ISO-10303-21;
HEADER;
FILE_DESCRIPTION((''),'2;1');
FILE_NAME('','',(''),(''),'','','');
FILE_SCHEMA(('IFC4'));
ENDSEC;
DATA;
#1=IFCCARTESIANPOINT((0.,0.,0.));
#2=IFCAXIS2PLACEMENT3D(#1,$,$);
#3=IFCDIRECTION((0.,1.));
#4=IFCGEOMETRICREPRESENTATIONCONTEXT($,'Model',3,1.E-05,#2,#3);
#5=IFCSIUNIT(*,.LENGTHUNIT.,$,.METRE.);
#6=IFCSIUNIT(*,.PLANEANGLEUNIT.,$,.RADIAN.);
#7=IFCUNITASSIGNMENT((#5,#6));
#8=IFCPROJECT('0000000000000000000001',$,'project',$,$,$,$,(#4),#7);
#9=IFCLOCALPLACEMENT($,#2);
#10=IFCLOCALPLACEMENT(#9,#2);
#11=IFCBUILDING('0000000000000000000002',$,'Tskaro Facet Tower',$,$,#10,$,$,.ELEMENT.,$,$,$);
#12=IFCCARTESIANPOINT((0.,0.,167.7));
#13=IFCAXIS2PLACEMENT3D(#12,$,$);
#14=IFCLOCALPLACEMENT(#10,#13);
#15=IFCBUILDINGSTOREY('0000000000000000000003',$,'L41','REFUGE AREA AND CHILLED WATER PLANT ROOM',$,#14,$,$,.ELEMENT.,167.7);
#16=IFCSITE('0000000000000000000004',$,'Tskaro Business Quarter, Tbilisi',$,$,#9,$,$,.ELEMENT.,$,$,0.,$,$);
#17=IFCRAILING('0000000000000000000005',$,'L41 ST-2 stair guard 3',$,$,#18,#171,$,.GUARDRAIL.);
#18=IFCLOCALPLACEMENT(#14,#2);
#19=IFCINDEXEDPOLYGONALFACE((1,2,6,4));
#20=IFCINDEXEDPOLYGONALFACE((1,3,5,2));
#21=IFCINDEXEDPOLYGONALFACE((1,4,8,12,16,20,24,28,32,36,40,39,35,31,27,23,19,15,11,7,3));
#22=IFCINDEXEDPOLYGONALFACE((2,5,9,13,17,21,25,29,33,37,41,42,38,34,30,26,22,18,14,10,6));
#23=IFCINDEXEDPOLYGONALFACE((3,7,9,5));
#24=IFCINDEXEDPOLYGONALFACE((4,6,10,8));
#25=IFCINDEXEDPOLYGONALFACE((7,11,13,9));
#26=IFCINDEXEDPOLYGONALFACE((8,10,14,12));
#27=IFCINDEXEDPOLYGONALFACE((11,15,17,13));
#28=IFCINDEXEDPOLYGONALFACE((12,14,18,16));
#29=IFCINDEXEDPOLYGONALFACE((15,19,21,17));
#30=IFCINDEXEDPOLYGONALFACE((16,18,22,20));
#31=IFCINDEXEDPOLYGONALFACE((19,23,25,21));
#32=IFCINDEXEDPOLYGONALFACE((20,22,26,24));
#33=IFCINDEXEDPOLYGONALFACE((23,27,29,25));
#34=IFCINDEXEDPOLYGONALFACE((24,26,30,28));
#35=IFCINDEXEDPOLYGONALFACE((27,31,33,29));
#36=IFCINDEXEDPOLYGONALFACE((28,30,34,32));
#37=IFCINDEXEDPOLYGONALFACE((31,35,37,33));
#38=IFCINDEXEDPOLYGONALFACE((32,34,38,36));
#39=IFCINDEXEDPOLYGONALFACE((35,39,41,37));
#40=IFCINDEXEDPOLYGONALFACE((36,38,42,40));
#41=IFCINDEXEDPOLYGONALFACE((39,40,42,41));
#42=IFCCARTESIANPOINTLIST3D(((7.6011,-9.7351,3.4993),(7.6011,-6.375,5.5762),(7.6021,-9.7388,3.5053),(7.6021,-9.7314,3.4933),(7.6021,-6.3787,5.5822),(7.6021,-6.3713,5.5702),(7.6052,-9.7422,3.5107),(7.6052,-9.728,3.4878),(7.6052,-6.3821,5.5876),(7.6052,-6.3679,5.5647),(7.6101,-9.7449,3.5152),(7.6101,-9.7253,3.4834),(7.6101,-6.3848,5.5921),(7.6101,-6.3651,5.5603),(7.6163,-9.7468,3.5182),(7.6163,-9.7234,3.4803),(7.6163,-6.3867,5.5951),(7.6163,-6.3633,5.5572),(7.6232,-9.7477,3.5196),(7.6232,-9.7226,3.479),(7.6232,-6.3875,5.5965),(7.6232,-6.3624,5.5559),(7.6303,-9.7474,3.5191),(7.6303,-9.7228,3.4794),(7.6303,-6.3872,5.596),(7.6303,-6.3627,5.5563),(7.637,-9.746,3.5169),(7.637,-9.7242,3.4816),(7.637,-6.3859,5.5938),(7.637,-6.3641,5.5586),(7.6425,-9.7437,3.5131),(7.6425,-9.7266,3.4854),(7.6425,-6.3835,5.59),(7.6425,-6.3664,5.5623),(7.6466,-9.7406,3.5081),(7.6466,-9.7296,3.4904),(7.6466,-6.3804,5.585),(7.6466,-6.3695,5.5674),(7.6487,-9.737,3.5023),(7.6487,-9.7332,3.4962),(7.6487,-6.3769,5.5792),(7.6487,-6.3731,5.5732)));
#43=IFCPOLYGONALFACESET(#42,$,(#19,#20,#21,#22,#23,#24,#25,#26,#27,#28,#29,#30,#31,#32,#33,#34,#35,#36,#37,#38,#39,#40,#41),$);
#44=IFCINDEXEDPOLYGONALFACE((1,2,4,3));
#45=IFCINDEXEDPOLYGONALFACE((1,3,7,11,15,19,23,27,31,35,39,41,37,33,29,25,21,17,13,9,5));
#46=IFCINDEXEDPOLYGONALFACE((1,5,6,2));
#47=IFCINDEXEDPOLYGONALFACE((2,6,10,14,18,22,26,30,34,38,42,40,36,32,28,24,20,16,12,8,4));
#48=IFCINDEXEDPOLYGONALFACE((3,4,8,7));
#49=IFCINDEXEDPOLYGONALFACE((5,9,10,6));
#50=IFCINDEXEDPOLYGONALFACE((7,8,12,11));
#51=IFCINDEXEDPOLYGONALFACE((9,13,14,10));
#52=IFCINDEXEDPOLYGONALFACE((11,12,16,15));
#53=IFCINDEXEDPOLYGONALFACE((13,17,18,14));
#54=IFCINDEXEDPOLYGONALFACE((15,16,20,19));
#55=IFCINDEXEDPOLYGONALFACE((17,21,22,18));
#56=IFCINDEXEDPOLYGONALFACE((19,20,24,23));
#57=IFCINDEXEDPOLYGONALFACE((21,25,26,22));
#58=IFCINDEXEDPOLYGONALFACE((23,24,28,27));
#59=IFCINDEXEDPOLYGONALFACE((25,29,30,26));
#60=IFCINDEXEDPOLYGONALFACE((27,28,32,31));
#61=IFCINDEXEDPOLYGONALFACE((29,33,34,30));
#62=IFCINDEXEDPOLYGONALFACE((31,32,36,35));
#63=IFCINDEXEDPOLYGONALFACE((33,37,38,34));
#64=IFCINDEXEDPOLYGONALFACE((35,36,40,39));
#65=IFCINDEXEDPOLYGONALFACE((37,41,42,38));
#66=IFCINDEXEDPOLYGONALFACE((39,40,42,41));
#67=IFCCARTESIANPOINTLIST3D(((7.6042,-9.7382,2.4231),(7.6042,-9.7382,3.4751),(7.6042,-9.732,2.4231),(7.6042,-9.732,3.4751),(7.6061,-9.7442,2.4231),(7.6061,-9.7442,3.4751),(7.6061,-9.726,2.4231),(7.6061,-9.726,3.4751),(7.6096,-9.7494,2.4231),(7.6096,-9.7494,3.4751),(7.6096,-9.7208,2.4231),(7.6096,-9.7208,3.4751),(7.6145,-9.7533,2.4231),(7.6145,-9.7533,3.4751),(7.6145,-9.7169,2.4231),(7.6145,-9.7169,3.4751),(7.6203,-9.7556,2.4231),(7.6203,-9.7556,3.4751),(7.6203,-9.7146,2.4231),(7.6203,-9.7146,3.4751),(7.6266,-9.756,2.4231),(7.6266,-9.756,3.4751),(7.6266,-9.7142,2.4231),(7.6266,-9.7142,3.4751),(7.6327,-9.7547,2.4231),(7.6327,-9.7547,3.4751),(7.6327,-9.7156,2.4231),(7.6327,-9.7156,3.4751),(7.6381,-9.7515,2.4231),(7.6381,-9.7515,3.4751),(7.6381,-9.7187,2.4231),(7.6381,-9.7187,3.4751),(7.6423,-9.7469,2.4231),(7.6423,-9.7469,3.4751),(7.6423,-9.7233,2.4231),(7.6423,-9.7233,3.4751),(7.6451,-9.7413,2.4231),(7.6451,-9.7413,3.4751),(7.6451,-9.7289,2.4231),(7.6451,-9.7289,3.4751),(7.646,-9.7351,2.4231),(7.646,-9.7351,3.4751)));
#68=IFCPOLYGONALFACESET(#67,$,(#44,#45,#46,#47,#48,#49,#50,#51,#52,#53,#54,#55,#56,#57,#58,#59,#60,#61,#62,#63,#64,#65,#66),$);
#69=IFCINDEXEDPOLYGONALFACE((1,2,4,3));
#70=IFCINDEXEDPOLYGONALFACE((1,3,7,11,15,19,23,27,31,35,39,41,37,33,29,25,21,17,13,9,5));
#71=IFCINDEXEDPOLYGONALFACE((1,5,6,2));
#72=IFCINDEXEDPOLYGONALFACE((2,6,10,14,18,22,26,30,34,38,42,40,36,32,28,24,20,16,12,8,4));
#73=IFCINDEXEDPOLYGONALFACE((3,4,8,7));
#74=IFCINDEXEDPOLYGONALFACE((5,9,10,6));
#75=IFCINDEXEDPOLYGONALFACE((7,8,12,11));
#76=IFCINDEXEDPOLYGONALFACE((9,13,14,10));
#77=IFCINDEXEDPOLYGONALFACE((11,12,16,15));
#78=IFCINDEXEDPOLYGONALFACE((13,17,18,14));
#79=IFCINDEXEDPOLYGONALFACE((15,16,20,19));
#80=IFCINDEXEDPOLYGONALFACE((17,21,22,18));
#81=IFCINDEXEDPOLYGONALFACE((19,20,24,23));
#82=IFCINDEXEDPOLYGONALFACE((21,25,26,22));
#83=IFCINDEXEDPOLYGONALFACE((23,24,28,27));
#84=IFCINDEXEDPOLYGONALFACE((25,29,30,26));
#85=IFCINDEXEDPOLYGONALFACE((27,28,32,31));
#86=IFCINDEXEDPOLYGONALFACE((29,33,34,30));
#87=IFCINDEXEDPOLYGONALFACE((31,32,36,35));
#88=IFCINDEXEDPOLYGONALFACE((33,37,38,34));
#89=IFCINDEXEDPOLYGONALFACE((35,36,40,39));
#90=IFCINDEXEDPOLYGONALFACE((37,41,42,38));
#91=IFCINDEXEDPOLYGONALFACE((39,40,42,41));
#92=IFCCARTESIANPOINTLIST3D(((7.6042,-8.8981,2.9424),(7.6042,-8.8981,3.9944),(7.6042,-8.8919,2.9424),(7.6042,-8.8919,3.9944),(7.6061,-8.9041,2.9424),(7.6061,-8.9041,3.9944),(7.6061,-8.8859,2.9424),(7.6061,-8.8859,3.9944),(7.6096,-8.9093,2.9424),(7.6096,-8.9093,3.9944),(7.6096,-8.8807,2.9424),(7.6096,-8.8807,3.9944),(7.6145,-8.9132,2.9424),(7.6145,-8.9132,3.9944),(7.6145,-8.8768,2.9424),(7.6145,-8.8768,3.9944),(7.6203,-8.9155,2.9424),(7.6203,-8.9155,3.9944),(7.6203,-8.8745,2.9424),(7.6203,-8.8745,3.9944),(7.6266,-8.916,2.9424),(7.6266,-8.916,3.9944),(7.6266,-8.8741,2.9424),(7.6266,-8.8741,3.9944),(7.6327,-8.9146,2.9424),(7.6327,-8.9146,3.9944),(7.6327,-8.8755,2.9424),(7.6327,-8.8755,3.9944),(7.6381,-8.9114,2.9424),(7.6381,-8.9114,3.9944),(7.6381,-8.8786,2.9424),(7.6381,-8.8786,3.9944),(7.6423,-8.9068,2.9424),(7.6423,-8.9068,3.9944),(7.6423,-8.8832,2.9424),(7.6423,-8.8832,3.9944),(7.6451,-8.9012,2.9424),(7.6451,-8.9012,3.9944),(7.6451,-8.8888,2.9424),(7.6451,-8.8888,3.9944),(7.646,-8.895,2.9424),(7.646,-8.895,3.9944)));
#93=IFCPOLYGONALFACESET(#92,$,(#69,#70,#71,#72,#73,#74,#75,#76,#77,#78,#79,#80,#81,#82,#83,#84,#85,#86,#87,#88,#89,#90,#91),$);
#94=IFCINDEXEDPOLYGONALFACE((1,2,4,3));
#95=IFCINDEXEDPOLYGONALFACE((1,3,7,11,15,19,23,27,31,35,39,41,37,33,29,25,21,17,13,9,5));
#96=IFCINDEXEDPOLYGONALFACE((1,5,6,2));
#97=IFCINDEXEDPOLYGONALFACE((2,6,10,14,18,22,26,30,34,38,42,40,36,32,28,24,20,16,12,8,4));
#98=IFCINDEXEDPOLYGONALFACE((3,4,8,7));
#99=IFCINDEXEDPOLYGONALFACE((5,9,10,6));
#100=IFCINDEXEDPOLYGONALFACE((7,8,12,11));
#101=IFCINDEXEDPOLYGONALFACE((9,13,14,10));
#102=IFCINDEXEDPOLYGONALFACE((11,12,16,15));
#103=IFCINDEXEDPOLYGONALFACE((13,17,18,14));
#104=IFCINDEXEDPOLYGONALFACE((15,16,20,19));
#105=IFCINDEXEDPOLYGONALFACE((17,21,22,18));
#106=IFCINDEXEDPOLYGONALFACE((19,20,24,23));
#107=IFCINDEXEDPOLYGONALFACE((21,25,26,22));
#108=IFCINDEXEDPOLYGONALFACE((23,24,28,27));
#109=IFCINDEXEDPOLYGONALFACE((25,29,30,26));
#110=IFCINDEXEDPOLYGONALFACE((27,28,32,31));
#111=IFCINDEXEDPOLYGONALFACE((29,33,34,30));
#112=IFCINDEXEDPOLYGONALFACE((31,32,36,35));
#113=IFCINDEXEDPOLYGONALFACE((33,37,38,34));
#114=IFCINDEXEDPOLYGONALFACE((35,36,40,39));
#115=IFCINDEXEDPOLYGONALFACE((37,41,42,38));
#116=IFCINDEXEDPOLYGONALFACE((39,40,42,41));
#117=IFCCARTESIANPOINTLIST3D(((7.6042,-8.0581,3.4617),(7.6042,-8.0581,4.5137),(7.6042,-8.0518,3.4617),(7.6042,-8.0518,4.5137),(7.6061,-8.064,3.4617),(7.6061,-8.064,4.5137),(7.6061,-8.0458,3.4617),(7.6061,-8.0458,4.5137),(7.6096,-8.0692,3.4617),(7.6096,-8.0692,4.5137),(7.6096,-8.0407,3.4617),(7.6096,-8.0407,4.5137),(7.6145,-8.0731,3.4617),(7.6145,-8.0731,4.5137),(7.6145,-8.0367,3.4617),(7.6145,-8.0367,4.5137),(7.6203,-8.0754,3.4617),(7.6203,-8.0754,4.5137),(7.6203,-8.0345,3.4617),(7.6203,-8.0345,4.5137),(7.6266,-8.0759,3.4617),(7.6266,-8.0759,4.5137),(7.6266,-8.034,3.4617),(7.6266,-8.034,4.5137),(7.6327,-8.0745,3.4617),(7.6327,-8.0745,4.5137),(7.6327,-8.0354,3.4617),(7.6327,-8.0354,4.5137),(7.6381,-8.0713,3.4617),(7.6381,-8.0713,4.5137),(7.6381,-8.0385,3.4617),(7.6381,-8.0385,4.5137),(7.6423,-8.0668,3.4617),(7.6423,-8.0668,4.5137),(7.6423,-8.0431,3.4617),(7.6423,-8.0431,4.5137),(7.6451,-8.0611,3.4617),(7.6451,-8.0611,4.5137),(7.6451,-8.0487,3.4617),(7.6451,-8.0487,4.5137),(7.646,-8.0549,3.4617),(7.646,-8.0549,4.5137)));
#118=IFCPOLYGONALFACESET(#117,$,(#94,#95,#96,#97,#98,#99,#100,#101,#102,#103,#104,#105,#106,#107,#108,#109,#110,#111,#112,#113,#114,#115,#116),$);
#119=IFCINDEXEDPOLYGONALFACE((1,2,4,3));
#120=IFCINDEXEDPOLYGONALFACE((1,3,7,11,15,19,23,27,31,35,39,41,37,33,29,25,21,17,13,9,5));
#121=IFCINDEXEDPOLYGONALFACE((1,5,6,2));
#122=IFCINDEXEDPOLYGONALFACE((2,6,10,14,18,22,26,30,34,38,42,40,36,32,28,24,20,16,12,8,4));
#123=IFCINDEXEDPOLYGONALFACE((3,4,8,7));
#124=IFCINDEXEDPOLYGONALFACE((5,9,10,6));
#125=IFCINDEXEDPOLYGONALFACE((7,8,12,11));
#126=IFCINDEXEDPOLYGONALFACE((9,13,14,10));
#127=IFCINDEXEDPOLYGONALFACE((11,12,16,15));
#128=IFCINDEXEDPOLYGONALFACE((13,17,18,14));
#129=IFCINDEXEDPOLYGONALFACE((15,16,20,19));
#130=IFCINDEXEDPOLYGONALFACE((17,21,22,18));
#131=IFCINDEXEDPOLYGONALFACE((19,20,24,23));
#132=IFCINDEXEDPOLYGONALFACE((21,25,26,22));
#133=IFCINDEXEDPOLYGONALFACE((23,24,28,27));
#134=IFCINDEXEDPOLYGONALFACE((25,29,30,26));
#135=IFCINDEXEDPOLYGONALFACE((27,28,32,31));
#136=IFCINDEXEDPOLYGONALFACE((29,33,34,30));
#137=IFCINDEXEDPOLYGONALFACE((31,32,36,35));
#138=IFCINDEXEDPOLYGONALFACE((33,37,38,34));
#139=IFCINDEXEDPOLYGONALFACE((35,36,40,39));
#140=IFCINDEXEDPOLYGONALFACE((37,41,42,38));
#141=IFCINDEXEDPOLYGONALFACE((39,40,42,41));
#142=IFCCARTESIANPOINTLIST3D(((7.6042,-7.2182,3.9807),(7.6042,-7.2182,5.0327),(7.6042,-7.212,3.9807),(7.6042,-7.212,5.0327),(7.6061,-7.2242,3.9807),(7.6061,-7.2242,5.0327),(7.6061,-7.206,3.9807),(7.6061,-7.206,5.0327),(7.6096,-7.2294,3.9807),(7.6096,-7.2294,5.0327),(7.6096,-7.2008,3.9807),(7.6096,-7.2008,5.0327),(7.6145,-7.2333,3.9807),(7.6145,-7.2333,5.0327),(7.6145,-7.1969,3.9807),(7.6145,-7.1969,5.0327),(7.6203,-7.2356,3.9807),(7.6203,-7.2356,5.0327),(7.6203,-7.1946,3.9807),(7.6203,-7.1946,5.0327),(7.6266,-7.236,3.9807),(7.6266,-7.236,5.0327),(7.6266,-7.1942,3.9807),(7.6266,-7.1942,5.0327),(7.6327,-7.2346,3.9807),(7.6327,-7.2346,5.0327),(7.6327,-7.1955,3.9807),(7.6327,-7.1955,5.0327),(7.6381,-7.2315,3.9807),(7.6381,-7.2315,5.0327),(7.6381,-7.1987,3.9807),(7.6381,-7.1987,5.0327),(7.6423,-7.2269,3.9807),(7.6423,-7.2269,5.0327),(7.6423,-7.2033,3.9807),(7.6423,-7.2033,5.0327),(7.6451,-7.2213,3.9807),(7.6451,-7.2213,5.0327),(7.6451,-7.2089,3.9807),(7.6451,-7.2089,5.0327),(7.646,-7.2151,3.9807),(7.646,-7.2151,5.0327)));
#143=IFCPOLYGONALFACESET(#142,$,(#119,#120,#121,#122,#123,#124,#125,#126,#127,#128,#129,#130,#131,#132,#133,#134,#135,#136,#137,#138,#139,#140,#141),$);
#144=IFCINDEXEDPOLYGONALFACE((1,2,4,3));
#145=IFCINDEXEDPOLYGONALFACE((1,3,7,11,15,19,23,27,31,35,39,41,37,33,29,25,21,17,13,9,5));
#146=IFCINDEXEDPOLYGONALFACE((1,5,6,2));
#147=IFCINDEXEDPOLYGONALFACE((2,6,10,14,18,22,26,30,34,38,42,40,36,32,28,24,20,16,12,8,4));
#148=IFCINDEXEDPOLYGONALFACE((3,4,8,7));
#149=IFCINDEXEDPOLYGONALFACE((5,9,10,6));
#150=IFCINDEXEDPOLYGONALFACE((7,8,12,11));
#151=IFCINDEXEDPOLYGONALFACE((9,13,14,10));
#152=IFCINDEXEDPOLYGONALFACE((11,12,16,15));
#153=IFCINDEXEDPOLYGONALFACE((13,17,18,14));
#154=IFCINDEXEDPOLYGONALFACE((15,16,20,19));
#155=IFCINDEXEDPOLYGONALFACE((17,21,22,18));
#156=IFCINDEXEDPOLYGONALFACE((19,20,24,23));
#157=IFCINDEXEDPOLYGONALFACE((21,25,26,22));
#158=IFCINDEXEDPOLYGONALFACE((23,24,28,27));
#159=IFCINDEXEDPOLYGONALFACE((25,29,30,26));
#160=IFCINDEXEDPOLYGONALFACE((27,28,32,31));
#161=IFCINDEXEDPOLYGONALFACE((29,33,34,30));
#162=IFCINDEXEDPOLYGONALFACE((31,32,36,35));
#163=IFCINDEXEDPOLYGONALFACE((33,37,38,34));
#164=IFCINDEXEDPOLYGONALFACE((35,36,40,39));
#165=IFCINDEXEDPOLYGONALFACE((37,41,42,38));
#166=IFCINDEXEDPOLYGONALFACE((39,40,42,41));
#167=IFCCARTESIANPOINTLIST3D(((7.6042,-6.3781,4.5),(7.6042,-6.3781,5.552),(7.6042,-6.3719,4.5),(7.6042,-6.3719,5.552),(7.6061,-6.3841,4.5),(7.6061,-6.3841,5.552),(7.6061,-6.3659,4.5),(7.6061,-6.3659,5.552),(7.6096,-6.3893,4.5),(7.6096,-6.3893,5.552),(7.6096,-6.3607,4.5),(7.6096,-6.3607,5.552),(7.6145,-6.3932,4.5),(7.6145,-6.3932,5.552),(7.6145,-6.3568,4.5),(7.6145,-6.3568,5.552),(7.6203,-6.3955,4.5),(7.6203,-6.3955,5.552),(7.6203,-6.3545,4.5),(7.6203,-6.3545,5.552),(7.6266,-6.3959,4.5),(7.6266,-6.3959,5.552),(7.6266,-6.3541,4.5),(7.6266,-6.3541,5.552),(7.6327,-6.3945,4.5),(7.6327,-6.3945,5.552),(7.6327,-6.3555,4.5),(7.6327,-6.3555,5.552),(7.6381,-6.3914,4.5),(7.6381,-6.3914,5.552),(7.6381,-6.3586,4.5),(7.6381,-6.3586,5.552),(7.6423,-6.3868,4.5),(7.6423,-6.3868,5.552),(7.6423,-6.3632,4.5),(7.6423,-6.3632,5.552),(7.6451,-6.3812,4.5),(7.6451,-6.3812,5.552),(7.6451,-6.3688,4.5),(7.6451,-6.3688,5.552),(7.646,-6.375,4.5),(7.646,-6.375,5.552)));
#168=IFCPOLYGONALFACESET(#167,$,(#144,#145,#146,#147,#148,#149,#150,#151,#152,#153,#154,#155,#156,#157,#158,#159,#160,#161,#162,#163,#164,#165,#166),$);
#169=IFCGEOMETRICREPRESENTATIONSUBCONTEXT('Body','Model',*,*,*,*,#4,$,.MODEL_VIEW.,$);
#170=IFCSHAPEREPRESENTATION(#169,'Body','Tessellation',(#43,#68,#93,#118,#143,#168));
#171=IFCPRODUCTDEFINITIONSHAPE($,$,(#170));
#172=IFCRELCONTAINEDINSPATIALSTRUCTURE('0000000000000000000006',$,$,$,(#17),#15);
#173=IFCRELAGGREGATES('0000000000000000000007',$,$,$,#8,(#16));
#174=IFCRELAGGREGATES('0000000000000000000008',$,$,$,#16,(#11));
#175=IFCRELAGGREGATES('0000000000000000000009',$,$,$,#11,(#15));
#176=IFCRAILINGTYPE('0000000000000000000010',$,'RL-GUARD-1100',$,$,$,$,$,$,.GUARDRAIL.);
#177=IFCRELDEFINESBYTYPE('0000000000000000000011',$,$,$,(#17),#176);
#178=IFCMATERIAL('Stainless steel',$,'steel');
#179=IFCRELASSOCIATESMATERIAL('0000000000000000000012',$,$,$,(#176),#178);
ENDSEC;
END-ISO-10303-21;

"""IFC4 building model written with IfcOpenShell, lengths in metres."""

from ifc_helpers import new_model, si_unit, direction, frame, origin, origin_2d, place, context, subcontext, project, spatial, circle, extrude, material, type_object, element, save


model = new_model("IFC4")

# Units and contexts
model_context = context("Model", 3, precision=1e-05, world=origin(), true_north=direction((0.0, 1.0)))
body_context = subcontext(model_context, "Body", "Model", "MODEL_VIEW")
ifc_project = project(units=[si_unit("LENGTHUNIT", "METRE"), si_unit("PLANEANGLEUNIT", "RADIAN")], contexts=[model_context])

# Site, building, storey
site_placement = place(None, origin())
site = spatial("IfcSite", under=ifc_project, at=site_placement, Name="Tskaro Business Quarter, Tbilisi", CompositionType="ELEMENT", RefElevation=0.0)
building_placement = place(site_placement, origin())
building = spatial("IfcBuilding", under=site, at=building_placement, Name="Tskaro Facet Tower", CompositionType="ELEMENT")
storey_placement = place(building_placement, frame((0.0, 0.0, 167.7)))
storey = spatial("IfcBuildingStorey", under=building, at=storey_placement, Name="L41", Description="REFUGE AREA AND CHILLED WATER PLANT ROOM", CompositionType="ELEMENT", Elevation=167.7)

# Railing
ifc_material_1 = material(Name="Stainless steel", Category="steel")
railing_type_1 = type_object("IfcRailingType", Name="RL-GUARD-1100", PredefinedType="GUARDRAIL", material=ifc_material_1)
railing_1_placement = place(storey_placement, frame((7.625, -9.7351, 2.4231)))
element("IfcRailing", 1, at=railing_1_placement, inside=storey, type_object=railing_type_1, Name="L41 ST-2 stair guard 3", PredefinedType="GUARDRAIL", context=body_context, shape_type="SweptSolid", body=[
    extrude(circle(Radius=0.0239, at=origin_2d()), frame((0.0, 0.0, 1.0762), z_axis=(0.0, 0.850623, 0.525776), x_axis=(-1.0, 0.0, 0.0)), (0.0, 0.0, 1.0), 3.9502),
    extrude(circle(Radius=0.021, at=origin_2d()), origin(), (0.0, 0.0, 1.0), 1.052),
    extrude(circle(Radius=0.021, at=origin_2d()), frame((0.0, 0.8401, 0.5193)), (0.0, 0.0, 1.0), 1.052),
    extrude(circle(Radius=0.021, at=origin_2d()), frame((0.0, 1.6802, 1.0386)), (0.0, 0.0, 1.0), 1.052),
    extrude(circle(Radius=0.021, at=origin_2d()), frame((0.0, 2.52, 1.5576)), (0.0, 0.0, 1.0), 1.052),
    extrude(circle(Radius=0.021, at=origin_2d()), frame((0.0, 3.3601, 2.0769)), (0.0, 0.0, 1.0), 1.052),
])

save(model, "model.ifc")
